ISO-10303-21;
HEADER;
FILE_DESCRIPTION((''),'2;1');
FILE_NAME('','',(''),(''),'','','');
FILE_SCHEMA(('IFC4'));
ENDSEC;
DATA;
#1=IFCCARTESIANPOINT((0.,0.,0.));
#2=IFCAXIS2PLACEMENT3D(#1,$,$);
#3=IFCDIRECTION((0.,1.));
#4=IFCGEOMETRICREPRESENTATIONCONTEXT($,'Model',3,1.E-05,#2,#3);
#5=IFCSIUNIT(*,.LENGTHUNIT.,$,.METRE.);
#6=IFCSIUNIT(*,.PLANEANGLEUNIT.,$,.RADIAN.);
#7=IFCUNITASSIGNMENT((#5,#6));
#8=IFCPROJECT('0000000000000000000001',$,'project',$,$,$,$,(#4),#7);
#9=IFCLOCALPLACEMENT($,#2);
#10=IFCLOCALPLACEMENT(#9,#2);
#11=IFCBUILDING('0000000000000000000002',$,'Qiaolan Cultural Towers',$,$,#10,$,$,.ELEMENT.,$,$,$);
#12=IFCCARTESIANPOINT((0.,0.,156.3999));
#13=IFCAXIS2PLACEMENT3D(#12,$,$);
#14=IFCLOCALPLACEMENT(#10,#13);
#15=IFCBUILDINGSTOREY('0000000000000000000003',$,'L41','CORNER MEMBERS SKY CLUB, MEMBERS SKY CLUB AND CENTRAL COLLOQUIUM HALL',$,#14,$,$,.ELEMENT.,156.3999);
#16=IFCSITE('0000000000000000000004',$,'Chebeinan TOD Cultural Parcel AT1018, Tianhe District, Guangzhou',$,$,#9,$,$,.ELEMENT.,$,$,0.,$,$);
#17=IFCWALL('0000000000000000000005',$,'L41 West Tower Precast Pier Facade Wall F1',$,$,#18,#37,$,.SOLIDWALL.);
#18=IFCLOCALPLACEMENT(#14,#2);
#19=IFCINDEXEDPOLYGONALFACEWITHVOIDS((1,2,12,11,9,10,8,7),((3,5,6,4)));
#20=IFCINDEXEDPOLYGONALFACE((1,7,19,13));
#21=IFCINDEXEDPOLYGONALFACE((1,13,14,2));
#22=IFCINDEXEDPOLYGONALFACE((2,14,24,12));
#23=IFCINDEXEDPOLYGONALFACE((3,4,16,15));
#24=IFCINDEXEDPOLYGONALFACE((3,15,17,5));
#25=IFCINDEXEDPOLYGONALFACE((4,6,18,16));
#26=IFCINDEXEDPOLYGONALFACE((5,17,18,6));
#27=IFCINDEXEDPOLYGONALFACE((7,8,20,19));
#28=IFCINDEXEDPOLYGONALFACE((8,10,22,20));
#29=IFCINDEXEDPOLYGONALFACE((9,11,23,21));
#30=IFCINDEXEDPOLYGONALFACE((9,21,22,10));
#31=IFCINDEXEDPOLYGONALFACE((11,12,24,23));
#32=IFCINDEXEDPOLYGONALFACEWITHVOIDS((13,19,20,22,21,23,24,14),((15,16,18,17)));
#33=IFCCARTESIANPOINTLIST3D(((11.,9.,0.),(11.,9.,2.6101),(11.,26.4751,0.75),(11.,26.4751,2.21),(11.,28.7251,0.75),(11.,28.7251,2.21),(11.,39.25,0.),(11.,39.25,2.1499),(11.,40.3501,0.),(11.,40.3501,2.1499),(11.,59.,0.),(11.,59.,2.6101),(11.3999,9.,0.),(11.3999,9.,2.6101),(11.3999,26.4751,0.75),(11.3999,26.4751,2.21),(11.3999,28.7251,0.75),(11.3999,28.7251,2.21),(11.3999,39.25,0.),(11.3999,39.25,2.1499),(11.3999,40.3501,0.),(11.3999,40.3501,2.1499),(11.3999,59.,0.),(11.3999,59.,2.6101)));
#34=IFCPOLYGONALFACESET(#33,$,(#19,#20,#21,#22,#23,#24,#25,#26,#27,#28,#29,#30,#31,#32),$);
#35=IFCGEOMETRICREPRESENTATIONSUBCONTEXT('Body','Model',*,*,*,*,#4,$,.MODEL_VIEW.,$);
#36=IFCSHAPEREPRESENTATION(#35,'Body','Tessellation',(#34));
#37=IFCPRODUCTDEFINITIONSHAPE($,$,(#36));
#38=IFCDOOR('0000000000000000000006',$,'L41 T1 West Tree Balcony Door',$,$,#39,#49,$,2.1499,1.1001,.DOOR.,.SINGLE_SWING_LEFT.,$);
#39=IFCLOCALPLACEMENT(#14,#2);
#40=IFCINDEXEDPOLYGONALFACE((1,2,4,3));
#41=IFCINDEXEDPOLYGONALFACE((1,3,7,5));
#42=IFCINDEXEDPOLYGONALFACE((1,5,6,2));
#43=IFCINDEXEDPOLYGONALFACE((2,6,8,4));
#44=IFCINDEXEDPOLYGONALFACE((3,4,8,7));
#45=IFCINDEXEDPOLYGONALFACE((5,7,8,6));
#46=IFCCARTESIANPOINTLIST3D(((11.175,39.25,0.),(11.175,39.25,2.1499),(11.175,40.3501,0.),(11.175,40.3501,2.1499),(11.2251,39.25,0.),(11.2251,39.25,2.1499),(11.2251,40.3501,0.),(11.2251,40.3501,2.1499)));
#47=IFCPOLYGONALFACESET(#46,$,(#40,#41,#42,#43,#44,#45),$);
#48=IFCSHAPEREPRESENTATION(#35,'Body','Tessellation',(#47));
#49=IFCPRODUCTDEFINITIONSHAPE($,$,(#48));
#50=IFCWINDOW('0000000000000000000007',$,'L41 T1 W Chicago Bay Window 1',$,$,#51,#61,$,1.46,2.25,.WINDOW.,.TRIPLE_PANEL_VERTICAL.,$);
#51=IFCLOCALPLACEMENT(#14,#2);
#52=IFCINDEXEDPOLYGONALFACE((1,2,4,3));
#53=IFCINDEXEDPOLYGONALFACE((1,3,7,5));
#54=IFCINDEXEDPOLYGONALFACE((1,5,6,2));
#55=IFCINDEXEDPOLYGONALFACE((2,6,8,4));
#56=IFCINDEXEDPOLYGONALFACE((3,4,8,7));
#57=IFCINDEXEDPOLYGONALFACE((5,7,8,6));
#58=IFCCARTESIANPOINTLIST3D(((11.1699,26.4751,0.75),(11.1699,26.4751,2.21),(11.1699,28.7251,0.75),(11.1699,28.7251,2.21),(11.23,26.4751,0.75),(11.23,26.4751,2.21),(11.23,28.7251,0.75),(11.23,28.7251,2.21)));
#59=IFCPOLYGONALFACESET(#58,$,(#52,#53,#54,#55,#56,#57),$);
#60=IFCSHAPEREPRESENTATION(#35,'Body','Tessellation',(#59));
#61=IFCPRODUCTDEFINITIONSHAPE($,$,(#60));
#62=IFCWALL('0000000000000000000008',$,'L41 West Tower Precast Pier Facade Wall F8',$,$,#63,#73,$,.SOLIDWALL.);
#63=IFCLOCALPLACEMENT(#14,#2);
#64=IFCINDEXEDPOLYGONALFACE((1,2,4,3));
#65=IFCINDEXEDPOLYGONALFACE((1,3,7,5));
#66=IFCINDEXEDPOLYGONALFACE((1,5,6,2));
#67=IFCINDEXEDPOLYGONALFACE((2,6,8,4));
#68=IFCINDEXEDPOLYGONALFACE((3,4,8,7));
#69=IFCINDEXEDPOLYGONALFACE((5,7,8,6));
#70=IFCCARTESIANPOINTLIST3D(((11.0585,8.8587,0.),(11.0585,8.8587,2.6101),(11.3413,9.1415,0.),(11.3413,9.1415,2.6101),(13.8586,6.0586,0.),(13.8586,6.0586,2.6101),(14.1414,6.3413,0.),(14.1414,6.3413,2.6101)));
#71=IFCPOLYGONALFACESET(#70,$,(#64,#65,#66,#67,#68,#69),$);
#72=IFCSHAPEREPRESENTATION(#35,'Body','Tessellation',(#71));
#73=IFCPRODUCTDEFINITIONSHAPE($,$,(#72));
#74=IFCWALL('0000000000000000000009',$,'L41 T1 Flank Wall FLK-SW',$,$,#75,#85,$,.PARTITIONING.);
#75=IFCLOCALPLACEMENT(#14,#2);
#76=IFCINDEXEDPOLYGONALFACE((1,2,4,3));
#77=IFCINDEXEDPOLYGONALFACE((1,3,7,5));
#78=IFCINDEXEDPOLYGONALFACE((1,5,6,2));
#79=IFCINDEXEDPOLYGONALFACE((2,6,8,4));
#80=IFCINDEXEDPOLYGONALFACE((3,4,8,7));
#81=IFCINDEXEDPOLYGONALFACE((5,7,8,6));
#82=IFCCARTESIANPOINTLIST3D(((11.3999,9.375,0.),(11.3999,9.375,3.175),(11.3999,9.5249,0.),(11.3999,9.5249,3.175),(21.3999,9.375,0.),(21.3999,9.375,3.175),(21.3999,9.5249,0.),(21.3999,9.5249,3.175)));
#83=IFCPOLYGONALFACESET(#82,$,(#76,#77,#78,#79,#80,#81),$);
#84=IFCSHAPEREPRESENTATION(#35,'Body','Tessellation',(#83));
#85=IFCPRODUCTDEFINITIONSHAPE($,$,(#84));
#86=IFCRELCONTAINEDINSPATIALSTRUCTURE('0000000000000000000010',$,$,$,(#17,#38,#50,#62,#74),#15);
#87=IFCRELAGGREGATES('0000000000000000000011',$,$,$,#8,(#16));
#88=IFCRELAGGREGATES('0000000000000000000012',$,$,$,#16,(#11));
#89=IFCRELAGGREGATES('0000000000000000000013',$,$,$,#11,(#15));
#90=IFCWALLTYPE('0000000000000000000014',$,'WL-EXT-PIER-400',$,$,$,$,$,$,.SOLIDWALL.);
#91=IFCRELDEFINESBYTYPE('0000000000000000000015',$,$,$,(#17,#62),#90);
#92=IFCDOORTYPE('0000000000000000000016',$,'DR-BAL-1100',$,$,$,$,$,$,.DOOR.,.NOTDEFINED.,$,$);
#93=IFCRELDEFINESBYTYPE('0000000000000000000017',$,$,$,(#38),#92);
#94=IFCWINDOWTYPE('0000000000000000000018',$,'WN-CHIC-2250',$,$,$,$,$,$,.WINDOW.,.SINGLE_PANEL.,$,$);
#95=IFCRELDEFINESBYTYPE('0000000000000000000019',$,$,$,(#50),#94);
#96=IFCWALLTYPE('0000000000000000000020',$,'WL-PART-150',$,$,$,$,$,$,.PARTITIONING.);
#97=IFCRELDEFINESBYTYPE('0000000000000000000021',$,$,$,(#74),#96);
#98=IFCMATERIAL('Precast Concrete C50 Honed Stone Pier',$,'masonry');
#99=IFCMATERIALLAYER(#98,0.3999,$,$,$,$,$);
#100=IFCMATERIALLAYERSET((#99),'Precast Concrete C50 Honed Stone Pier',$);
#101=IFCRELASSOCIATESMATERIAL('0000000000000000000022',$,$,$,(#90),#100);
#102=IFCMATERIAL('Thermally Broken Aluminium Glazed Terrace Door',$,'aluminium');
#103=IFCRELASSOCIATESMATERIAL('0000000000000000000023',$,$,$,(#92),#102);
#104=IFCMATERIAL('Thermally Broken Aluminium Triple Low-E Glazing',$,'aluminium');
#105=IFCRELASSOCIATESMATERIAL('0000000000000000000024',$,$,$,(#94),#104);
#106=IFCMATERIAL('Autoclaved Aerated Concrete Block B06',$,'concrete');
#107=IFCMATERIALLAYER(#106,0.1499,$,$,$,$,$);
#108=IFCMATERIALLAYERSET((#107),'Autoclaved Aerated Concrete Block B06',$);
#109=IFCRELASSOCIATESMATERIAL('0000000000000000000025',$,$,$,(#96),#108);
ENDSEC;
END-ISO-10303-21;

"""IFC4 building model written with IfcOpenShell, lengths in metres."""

from ifc_helpers import new_model, si_unit, direction, frame, frame_2d, origin, place, context, subcontext, project, spatial, rectangle, extrude, material, layer, layer_set, type_object, element, fill, save


model = new_model("IFC4")

# Units and contexts
model_context = context("Model", 3, precision=1e-05, world=origin(), true_north=direction((0.0, 1.0)))
body_context = subcontext(model_context, "Body", "Model", "MODEL_VIEW")
ifc_project = project(units=[si_unit("LENGTHUNIT", "METRE"), si_unit("PLANEANGLEUNIT", "RADIAN")], contexts=[model_context])

# Site, building, storey
site_placement = place(None, origin())
site = spatial("IfcSite", under=ifc_project, at=site_placement, Name="Chebeinan TOD Cultural Parcel AT1018, Tianhe District, Guangzhou", CompositionType="ELEMENT", RefElevation=0.0)
building_placement = place(site_placement, origin())
building = spatial("IfcBuilding", under=site, at=building_placement, Name="Qiaolan Cultural Towers", CompositionType="ELEMENT")
storey_placement = place(building_placement, frame((0.0, 0.0, 156.3999)))
storey = spatial("IfcBuildingStorey", under=building, at=storey_placement, Name="L41", Description="CORNER MEMBERS SKY CLUB, MEMBERS SKY CLUB AND CENTRAL COLLOQUIUM HALL", CompositionType="ELEMENT", Elevation=156.3999)

# Wall, openings, door, window
ifc_material_1 = material(Name="Precast Concrete C50 Honed Stone Pier", Category="masonry")
ifc_layer_1 = layer(ifc_material_1, 0.3999)
ifc_layer_set_1 = layer_set([ifc_layer_1], Name="Precast Concrete C50 Honed Stone Pier")
wall_type_1 = type_object("IfcWallType", Name="WL-EXT-PIER-400", PredefinedType="SOLIDWALL", material=ifc_layer_set_1)
wall_1_placement = place(storey_placement, frame((11.2, 9.0, 0.0), z_axis=(0.0, 0.0, 1.0), x_axis=(0.0, 1.0, 0.0)))
wall_1 = element("IfcWall", 1, at=wall_1_placement, inside=storey, type_object=wall_type_1, Name="L41 West Tower Precast Pier Facade Wall F1", PredefinedType="SOLIDWALL", context=body_context, shape_type="SweptSolid", body=[
    extrude(rectangle(XDim=50.0, YDim=0.3999, at=frame_2d((25.0, 0.0))), origin(), (0.0, 0.0, 1.0), 2.6101),
])
opening_1_placement = place(wall_1_placement, frame((17.4751, 0.0, 0.75)))
opening_1 = element("IfcOpeningElement", 2, at=opening_1_placement, cuts=wall_1, PredefinedType="OPENING", context=body_context, shape_type="SweptSolid", body=[
    extrude(rectangle(XDim=2.25, YDim=1.46, at=frame_2d((1.125, 0.73))), frame((0.0, 0.21, 0.0), z_axis=(0.0, -1.0, 0.0), x_axis=(1.0, 0.0, 0.0)), (0.0, 0.0, 1.0), 0.4199),
])
opening_2_placement = place(wall_1_placement, frame((30.25, 0.0, 0.0)))
opening_2 = element("IfcOpeningElement", 3, at=opening_2_placement, cuts=wall_1, PredefinedType="OPENING", context=body_context, shape_type="SweptSolid", body=[
    extrude(rectangle(XDim=1.1001, YDim=2.1499, at=frame_2d((0.55, 1.075))), frame((0.0, 0.21, 0.0), z_axis=(0.0, -1.0, 0.0), x_axis=(1.0, 0.0, 0.0)), (0.0, 0.0, 1.0), 0.4199),
])
ifc_material_2 = material(Name="Thermally Broken Aluminium Glazed Terrace Door", Category="aluminium")
door_type = type_object("IfcDoorType", Name="DR-BAL-1100", OperationType="NOTDEFINED", PredefinedType="DOOR", material=ifc_material_2)
door_placement = place(opening_2_placement, origin())
door = element("IfcDoor", 4, at=door_placement, inside=storey, type_object=door_type, Name="L41 T1 West Tree Balcony Door", OperationType="SINGLE_SWING_LEFT", OverallHeight=2.1499, OverallWidth=1.1001, PredefinedType="DOOR", context=body_context, shape_type="SweptSolid", body=[
    extrude(rectangle(XDim=1.1001, YDim=2.1499, at=frame_2d((0.55, 1.075))), frame((0.0, 0.0249, 0.0), z_axis=(0.0, -1.0, 0.0), x_axis=(1.0, 0.0, 0.0)), (0.0, 0.0, 1.0), 0.05),
])
fill(opening_2, door)
ifc_material_3 = material(Name="Thermally Broken Aluminium Triple Low-E Glazing", Category="aluminium")
window_type = type_object("IfcWindowType", Name="WN-CHIC-2250", PartitioningType="SINGLE_PANEL", PredefinedType="WINDOW", material=ifc_material_3)
window_placement = place(opening_1_placement, origin())
window = element("IfcWindow", 5, at=window_placement, inside=storey, type_object=window_type, Name="L41 T1 W Chicago Bay Window 1", OverallHeight=1.46, OverallWidth=2.25, PartitioningType="TRIPLE_PANEL_VERTICAL", PredefinedType="WINDOW", context=body_context, shape_type="SweptSolid", body=[
    extrude(rectangle(XDim=2.25, YDim=1.46, at=frame_2d((1.125, 0.73))), frame((0.0, 0.03, 0.0), z_axis=(0.0, -1.0, 0.0), x_axis=(1.0, 0.0, 0.0)), (0.0, 0.0, 1.0), 0.0601),
])
fill(opening_1, window)

# Walls
wall_2_placement = place(storey_placement, frame((14.0, 6.2, 0.0), z_axis=(0.0, 0.0, 1.0), x_axis=(-0.707107, 0.707107, 0.0)))
element("IfcWall", 6, at=wall_2_placement, inside=storey, type_object=wall_type_1, Name="L41 West Tower Precast Pier Facade Wall F8", PredefinedType="SOLIDWALL", context=body_context, shape_type="SweptSolid", body=[
    extrude(rectangle(XDim=3.96, YDim=0.3999, at=frame_2d((1.98, 0.0))), origin(), (0.0, 0.0, 1.0), 2.6101),
])
ifc_material_4 = material(Name="Autoclaved Aerated Concrete Block B06", Category="concrete")
ifc_layer_2 = layer(ifc_material_4, 0.1499)
ifc_layer_set_2 = layer_set([ifc_layer_2], Name="Autoclaved Aerated Concrete Block B06")
wall_type_2 = type_object("IfcWallType", Name="WL-PART-150", PredefinedType="PARTITIONING", material=ifc_layer_set_2)
wall_3_placement = place(storey_placement, frame((11.3999, 9.45, 0.0), z_axis=(0.0, 0.0, 1.0), x_axis=(1.0, 0.0, 0.0)))
element("IfcWall", 7, at=wall_3_placement, inside=storey, type_object=wall_type_2, Name="L41 T1 Flank Wall FLK-SW", PredefinedType="PARTITIONING", context=body_context, shape_type="SweptSolid", body=[
    extrude(rectangle(XDim=10.0, YDim=0.1499, at=frame_2d((5.0, 0.0))), origin(), (0.0, 0.0, 1.0), 3.175),
])

save(model, "model.ifc")
